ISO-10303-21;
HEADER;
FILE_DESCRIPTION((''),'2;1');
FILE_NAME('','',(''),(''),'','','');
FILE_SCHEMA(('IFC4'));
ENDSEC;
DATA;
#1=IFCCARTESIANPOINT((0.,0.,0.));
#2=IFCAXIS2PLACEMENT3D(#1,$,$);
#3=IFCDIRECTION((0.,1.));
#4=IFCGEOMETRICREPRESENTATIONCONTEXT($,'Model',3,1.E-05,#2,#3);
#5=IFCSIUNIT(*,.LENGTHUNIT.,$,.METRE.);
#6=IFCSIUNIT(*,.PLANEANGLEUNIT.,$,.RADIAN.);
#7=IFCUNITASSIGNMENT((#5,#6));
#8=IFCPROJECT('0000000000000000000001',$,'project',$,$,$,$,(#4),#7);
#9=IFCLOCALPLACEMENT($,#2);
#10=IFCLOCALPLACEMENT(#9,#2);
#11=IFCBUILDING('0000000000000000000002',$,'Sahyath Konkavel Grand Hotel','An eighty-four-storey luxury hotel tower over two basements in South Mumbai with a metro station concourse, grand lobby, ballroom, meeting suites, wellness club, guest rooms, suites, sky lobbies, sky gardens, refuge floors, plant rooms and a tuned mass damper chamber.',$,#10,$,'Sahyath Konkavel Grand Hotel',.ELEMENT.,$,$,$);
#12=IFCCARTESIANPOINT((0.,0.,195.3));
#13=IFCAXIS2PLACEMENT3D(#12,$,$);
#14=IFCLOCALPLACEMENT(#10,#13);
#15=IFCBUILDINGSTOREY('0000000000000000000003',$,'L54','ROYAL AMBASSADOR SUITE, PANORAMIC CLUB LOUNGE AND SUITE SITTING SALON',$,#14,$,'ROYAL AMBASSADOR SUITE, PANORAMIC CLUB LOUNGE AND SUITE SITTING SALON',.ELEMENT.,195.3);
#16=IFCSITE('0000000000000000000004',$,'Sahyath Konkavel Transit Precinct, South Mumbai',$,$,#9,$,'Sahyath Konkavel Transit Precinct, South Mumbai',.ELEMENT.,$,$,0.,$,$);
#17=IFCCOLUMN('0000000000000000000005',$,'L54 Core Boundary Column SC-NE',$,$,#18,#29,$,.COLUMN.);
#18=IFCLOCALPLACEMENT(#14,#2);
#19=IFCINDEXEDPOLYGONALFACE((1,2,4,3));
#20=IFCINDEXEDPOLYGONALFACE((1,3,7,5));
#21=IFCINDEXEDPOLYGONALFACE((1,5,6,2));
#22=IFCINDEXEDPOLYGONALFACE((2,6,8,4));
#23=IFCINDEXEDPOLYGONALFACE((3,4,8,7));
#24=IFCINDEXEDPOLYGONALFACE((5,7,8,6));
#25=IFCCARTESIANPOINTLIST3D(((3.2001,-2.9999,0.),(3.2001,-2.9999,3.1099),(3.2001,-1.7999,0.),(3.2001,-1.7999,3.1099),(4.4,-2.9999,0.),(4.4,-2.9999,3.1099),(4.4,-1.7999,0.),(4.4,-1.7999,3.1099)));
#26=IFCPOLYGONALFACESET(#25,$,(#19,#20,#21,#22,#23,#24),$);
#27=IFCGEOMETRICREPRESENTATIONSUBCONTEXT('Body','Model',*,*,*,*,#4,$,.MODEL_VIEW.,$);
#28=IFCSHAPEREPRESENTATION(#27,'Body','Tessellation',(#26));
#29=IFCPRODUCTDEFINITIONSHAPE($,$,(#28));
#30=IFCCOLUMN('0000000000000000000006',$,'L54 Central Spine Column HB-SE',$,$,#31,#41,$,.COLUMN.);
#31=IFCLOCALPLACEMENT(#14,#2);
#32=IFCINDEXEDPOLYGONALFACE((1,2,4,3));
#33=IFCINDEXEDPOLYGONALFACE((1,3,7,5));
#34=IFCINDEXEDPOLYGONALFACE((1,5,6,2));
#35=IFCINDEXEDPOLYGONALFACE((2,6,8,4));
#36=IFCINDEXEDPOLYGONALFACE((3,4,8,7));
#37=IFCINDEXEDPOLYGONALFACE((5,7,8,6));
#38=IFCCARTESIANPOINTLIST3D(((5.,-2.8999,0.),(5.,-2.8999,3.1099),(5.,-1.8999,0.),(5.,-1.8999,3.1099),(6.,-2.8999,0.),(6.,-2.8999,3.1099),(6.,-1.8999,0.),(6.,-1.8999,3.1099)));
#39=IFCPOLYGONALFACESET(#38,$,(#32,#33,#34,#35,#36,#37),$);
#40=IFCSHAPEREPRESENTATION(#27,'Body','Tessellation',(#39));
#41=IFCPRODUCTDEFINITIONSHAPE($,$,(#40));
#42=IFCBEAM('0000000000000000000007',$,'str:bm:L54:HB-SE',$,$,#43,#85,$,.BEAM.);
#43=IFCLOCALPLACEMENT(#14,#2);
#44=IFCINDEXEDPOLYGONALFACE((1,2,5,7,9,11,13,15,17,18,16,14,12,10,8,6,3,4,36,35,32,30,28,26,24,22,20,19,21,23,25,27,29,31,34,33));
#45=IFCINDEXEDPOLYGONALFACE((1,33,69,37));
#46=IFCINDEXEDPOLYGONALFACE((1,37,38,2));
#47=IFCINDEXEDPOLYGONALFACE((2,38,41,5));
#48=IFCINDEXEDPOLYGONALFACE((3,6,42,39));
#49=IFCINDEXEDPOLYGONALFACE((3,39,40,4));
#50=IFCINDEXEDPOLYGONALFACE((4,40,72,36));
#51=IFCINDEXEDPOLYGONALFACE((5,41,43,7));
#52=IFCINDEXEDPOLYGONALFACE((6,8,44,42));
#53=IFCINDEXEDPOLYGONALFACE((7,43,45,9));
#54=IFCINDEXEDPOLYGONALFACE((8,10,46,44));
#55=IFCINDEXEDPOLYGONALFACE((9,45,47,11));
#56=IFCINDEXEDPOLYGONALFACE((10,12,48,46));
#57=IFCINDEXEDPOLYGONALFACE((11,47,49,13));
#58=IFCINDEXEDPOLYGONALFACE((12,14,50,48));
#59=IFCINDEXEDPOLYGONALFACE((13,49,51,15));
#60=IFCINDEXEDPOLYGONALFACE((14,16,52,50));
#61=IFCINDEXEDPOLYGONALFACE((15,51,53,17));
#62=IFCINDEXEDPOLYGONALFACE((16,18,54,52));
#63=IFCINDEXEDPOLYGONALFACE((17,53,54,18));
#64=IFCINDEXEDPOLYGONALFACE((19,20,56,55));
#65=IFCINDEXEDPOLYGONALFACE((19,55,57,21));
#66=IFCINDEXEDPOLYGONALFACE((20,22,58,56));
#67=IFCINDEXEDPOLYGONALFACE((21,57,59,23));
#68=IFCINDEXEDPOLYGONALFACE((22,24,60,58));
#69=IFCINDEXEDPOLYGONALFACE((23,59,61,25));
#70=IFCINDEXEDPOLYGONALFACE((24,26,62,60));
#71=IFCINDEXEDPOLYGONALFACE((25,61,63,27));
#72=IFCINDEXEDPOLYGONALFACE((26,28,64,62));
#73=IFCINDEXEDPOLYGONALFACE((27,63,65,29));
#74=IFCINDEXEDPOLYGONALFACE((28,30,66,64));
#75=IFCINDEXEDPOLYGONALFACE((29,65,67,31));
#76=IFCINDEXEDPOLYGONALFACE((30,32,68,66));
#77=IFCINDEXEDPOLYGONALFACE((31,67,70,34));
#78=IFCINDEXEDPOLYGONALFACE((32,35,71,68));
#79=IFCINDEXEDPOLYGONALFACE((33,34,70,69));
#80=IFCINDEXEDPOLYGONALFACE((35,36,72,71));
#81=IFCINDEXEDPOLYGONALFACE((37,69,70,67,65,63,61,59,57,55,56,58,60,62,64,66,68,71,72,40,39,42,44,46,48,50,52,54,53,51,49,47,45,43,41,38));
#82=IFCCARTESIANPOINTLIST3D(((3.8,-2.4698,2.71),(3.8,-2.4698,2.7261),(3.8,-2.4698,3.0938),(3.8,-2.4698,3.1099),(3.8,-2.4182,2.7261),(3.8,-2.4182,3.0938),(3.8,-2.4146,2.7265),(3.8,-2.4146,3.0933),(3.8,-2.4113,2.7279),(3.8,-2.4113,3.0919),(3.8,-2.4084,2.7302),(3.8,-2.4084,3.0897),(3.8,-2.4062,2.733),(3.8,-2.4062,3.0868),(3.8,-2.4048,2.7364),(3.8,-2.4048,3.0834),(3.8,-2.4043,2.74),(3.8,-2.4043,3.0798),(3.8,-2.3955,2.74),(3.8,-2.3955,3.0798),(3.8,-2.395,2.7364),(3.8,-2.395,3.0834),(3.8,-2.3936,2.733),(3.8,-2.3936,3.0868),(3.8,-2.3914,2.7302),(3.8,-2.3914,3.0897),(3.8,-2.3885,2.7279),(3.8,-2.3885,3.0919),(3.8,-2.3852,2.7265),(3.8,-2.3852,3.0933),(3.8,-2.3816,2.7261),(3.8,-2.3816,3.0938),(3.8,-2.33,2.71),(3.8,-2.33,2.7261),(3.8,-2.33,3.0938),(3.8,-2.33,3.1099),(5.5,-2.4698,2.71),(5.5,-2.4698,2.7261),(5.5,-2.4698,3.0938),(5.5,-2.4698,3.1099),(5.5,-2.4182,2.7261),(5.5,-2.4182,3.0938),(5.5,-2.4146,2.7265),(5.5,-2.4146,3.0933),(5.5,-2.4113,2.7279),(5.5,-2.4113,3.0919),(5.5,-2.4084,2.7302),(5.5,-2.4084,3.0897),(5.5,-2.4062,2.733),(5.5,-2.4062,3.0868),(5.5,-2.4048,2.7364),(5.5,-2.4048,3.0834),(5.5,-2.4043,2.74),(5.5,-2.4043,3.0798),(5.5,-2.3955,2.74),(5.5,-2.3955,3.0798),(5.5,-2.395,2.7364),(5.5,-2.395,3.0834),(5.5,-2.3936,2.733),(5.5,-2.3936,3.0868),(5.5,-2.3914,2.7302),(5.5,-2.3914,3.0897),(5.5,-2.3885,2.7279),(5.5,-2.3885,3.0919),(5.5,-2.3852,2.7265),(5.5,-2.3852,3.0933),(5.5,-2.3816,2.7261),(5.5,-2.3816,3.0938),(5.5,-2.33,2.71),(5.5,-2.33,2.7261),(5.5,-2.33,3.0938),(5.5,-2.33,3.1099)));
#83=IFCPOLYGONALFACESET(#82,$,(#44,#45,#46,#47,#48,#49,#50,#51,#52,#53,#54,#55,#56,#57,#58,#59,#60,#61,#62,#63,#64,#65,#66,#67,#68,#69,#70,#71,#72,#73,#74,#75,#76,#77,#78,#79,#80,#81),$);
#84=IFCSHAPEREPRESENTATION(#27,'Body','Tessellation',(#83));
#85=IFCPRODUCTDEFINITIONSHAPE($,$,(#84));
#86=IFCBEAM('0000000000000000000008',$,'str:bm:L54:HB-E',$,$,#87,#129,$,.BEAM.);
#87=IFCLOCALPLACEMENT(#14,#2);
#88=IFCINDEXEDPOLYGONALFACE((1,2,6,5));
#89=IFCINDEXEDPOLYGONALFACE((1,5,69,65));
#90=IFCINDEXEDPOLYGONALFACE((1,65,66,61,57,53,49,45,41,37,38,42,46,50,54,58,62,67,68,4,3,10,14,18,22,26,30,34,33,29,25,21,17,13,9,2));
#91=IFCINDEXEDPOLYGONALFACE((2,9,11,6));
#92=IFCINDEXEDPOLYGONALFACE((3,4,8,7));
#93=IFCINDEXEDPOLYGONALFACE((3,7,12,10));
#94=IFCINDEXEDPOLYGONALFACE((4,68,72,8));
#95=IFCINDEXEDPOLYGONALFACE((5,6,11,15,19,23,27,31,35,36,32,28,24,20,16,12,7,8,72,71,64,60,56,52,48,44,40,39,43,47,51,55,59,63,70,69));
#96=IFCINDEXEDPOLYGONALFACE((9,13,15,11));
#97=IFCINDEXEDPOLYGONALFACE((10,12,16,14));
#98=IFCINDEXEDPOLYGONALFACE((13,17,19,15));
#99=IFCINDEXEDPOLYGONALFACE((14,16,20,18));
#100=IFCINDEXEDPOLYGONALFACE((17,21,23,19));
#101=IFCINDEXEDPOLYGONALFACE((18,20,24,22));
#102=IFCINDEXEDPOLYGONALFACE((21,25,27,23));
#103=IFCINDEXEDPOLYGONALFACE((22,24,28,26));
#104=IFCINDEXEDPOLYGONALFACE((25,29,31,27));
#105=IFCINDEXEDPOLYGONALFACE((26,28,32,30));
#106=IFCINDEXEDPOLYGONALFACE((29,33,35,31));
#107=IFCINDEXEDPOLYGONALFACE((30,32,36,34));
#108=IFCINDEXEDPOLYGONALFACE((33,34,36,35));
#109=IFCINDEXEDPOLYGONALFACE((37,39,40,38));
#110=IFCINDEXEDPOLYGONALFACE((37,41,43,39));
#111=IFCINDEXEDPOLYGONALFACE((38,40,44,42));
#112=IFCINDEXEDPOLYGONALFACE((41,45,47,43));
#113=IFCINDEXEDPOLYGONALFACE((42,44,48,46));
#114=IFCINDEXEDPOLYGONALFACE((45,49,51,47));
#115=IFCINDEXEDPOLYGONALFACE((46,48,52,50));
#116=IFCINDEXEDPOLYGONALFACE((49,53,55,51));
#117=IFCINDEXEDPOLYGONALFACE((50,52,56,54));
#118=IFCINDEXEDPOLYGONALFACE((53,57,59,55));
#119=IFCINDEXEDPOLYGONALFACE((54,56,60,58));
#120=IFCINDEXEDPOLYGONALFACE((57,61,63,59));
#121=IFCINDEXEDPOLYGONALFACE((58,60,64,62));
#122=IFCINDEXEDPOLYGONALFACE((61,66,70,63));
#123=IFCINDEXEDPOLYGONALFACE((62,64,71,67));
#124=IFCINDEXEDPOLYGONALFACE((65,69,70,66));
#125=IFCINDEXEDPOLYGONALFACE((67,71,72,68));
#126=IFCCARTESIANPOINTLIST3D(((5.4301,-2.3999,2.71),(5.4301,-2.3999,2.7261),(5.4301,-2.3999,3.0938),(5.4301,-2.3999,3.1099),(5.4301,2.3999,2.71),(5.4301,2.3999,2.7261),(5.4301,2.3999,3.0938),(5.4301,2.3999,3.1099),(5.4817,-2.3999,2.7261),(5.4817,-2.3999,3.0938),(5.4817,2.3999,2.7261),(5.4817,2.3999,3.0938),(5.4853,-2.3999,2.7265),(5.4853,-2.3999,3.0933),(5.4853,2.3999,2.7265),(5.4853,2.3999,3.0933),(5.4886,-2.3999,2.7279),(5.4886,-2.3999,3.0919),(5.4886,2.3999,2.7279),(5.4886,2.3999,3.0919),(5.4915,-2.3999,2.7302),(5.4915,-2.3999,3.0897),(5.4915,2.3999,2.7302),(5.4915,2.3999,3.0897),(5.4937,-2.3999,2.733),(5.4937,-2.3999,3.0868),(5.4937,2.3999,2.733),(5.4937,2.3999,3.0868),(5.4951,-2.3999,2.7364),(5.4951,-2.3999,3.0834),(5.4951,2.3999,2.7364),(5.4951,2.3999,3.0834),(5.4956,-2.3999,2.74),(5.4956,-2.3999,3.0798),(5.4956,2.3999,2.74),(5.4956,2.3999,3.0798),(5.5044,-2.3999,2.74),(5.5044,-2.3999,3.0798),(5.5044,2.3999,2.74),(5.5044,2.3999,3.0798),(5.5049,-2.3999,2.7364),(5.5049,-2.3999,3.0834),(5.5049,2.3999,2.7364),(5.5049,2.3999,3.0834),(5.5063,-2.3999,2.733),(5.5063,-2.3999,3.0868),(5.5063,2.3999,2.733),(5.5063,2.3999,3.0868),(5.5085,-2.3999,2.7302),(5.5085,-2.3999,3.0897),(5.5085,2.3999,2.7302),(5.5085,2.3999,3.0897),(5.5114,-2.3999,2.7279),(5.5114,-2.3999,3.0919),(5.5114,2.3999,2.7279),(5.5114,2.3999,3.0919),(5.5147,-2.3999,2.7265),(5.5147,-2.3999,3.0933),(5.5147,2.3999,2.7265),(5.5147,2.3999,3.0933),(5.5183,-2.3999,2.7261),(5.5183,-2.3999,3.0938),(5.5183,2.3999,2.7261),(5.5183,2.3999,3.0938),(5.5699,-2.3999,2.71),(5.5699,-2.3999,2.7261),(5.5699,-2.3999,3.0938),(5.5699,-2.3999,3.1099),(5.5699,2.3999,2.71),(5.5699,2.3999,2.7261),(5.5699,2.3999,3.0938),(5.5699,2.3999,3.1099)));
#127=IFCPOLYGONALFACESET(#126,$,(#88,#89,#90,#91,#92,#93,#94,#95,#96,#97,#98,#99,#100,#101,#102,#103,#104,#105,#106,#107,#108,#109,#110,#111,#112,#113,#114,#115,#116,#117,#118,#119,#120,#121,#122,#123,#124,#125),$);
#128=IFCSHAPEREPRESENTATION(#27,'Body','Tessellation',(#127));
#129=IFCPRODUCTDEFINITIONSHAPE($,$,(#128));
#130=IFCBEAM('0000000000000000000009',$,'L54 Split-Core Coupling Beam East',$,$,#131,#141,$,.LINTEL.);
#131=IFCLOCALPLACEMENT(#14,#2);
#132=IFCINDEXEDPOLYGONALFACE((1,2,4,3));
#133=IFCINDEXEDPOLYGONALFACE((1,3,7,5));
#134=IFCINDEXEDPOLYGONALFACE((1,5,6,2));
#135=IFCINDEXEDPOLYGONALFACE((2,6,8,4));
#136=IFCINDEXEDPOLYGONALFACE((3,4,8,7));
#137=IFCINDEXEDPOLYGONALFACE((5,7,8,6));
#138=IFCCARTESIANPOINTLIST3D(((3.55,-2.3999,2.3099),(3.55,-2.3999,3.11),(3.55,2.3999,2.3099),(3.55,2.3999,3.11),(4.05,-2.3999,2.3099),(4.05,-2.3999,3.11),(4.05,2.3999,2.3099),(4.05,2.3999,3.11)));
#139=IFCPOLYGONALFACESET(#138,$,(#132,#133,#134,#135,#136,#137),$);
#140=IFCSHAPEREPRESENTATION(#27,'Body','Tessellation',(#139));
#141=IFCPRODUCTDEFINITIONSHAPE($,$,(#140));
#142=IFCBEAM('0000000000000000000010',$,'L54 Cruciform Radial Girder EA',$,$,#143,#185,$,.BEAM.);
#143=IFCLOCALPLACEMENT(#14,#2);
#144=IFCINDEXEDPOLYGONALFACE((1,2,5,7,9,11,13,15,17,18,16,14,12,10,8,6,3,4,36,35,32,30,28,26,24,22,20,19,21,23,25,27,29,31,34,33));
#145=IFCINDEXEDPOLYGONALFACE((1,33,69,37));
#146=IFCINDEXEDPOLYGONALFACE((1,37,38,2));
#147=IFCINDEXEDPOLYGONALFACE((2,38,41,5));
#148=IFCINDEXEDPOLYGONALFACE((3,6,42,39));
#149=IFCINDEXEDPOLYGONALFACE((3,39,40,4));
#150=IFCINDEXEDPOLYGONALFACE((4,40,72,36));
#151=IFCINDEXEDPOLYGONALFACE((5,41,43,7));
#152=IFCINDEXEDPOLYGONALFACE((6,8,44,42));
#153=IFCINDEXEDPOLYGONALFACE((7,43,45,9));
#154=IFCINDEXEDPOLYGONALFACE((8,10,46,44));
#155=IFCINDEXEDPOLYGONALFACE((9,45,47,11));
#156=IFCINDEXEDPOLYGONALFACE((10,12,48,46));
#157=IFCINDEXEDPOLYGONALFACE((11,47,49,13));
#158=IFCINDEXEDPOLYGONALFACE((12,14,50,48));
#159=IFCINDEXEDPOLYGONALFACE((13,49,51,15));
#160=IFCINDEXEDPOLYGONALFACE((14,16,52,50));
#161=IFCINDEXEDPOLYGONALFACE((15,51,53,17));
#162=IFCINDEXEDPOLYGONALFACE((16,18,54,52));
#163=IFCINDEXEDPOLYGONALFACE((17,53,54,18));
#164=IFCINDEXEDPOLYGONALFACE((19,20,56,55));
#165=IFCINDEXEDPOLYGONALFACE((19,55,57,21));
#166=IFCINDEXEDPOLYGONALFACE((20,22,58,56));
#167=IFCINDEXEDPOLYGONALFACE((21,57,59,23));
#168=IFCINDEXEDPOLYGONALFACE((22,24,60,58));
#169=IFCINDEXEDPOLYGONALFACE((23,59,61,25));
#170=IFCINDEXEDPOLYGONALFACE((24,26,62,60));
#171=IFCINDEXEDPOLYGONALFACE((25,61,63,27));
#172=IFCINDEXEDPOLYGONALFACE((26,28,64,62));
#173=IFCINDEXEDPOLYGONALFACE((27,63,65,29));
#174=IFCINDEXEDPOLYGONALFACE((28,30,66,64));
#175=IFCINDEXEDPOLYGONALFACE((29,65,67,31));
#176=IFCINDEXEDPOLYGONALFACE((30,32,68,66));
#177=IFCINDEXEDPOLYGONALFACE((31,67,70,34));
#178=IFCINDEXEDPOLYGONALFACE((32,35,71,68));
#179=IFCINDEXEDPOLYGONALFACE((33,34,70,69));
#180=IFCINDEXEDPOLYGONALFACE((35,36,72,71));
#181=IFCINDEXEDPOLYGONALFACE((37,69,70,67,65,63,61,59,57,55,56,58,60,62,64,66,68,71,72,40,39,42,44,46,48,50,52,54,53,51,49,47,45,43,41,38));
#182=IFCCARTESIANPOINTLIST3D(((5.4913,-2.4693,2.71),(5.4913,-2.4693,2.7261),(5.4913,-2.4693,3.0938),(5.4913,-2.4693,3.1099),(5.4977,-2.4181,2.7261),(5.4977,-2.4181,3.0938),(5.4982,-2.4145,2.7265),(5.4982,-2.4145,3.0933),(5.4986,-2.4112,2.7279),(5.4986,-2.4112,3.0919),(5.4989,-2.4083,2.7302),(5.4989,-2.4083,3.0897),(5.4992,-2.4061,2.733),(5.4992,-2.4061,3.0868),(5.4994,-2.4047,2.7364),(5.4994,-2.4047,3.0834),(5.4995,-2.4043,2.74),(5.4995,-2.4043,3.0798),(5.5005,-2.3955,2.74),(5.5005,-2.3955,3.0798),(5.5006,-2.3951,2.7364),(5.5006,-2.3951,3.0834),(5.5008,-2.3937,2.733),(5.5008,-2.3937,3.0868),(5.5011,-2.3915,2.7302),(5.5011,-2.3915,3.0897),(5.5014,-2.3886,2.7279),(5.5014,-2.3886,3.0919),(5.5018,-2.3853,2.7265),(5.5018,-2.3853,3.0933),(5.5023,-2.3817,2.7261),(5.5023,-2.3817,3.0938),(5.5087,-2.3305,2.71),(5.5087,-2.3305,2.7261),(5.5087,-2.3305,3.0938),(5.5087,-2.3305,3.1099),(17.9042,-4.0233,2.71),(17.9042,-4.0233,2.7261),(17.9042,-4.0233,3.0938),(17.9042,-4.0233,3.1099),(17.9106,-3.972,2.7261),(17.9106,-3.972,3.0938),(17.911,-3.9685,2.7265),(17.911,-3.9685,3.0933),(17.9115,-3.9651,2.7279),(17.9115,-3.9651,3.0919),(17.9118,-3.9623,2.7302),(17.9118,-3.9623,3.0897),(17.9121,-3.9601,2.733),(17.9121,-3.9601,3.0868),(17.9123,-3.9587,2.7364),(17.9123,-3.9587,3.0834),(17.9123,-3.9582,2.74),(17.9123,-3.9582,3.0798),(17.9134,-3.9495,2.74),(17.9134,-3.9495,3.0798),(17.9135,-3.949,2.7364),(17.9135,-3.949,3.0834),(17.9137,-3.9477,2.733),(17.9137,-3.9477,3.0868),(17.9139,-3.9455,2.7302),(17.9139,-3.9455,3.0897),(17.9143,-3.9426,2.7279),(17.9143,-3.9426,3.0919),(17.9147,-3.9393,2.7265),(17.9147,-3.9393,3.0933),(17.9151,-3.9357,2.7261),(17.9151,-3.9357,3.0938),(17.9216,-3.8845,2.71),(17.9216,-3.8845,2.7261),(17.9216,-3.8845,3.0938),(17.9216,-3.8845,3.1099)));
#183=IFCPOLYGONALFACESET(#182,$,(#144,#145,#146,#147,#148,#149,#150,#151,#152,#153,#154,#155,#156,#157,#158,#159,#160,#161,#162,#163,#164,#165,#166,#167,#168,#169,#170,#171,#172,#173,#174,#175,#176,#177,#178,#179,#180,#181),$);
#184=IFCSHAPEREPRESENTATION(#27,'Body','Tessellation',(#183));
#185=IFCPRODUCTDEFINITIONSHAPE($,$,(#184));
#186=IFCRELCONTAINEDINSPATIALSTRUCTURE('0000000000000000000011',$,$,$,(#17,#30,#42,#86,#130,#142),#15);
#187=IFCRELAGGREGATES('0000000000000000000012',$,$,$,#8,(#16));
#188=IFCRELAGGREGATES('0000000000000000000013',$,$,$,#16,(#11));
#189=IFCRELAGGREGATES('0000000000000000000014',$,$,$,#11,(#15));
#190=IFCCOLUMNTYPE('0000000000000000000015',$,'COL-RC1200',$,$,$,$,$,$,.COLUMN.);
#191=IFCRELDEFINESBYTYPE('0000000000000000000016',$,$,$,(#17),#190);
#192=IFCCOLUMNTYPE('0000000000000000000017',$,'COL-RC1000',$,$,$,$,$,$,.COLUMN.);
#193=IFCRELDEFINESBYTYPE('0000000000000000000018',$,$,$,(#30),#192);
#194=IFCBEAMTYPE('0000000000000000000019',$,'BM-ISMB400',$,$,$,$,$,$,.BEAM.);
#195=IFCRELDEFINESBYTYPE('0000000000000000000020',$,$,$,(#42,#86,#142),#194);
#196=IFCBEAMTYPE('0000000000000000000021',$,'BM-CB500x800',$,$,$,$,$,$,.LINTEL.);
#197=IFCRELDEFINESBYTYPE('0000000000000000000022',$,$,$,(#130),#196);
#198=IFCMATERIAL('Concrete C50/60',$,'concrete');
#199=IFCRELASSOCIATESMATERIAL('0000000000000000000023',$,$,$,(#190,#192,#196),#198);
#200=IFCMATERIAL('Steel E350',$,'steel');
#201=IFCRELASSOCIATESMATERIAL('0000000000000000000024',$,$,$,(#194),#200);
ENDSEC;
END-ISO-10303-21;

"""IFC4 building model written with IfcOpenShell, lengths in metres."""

from ifc_helpers import new_model, si_unit, direction, frame, origin, origin_2d, place, context, subcontext, project, spatial, rectangle, i_section, extrude, source, transform, mapped, material, material_profile, profile_set, type_object, element, save


model = new_model("IFC4")

# Units and contexts
model_context = context("Model", 3, precision=1e-05, world=origin(), true_north=direction((0.0, 1.0)))
body_context = subcontext(model_context, "Body", "Model", "MODEL_VIEW")
ifc_project = project(units=[si_unit("LENGTHUNIT", "METRE"), si_unit("PLANEANGLEUNIT", "RADIAN")], contexts=[model_context])

# Site, building, storey
site_placement = place(None, origin())
site = spatial("IfcSite", under=ifc_project, at=site_placement, Name="Sahyath Konkavel Transit Precinct, South Mumbai", LongName="Sahyath Konkavel Transit Precinct, South Mumbai", CompositionType="ELEMENT", RefElevation=0.0)
building_placement = place(site_placement, origin())
building = spatial("IfcBuilding", under=site, at=building_placement, Name="Sahyath Konkavel Grand Hotel", Description="An eighty-four-storey luxury hotel tower over two basements in South Mumbai with a metro station concourse, grand lobby, ballroom, meeting suites, wellness club, guest rooms, suites, sky lobbies, sky gardens, refuge floors, plant rooms and a tuned mass damper chamber.", LongName="Sahyath Konkavel Grand Hotel", CompositionType="ELEMENT")
storey_placement = place(building_placement, frame((0.0, 0.0, 195.3)))
storey = spatial("IfcBuildingStorey", under=building, at=storey_placement, Name="L54", Description="ROYAL AMBASSADOR SUITE, PANORAMIC CLUB LOUNGE AND SUITE SITTING SALON", LongName="ROYAL AMBASSADOR SUITE, PANORAMIC CLUB LOUNGE AND SUITE SITTING SALON", CompositionType="ELEMENT", Elevation=195.3)

# Columns
ifc_material_1 = material(Name="Concrete C50/60", Category="concrete")
ifc_material_profile_1 = material_profile(ifc_material_1, rectangle(XDim=1.2, YDim=1.2, at=origin_2d()), Name="RC 1200x1200")
ifc_profile_set_1 = profile_set([ifc_material_profile_1], Name="Concrete C50/60")
column_type_1 = type_object("IfcColumnType", Name="COL-RC1200", PredefinedType="COLUMN", material=ifc_profile_set_1)
shared_shape_1 = source(origin(), body_context, "Body", "SweptSolid", [
    extrude(rectangle(XDim=1.2, YDim=1.2, at=origin_2d()), origin(), (0.0, 0.0, 1.0), 3.1099),
])
column_1_placement = place(storey_placement, frame((3.8, -2.3999, 0.0), z_axis=(0.0, 0.0, 1.0), x_axis=(1.0, 0.0, 0.0)))
element("IfcColumn", 1, at=column_1_placement, inside=storey, type_object=column_type_1, Name="L54 Core Boundary Column SC-NE", PredefinedType="COLUMN", context=body_context, shape_type="MappedRepresentation", body=[
    mapped(shared_shape_1, transform((0.0, 0.0, 0.0), scale=1.0)),
])
ifc_material_profile_2 = material_profile(ifc_material_1, rectangle(XDim=1.0, YDim=1.0, at=origin_2d()), Name="RC 1000x1000")
ifc_profile_set_2 = profile_set([ifc_material_profile_2], Name="Concrete C50/60")
column_type_2 = type_object("IfcColumnType", Name="COL-RC1000", PredefinedType="COLUMN", material=ifc_profile_set_2)
shared_shape_2 = source(origin(), body_context, "Body", "SweptSolid", [
    extrude(rectangle(XDim=1.0, YDim=1.0, at=origin_2d()), origin(), (0.0, 0.0, 1.0), 3.1099),
])
column_2_placement = place(storey_placement, frame((5.5, -2.3999, 0.0), z_axis=(0.0, 0.0, 1.0), x_axis=(1.0, 0.0, 0.0)))
element("IfcColumn", 2, at=column_2_placement, inside=storey, type_object=column_type_2, Name="L54 Central Spine Column HB-SE", PredefinedType="COLUMN", context=body_context, shape_type="MappedRepresentation", body=[
    mapped(shared_shape_2, transform((0.0, 0.0, 0.0), scale=1.0)),
])

# Beams
ifc_material_2 = material(Name="Steel E350", Category="steel")
ifc_material_profile_3 = material_profile(ifc_material_2, i_section(OverallWidth=0.1399, OverallDepth=0.3999, WebThickness=0.0088, FlangeThickness=0.0161, FilletRadius=0.0139, at=origin_2d()), Name="ISMB 400")
ifc_profile_set_3 = profile_set([ifc_material_profile_3], Name="Steel E350")
beam_type_1 = type_object("IfcBeamType", Name="BM-ISMB400", PredefinedType="BEAM", material=ifc_profile_set_3)
shared_shape_3 = source(origin(), body_context, "Body", "SweptSolid", [
    extrude(i_section(OverallWidth=0.1399, OverallDepth=0.3999, WebThickness=0.0088, FlangeThickness=0.0161, FilletRadius=0.0139, at=origin_2d()), origin(), (0.0, 0.0, 1.0), 1.7),
])
beam_1_placement = place(storey_placement, frame((3.8, -2.3999, 2.9099), z_axis=(1.0, 0.0, 0.0), x_axis=(0.0, 1.0, 0.0)))
element("IfcBeam", 3, at=beam_1_placement, inside=storey, type_object=beam_type_1, Name="str:bm:L54:HB-SE", PredefinedType="BEAM", context=body_context, shape_type="MappedRepresentation", body=[
    mapped(shared_shape_3, transform((0.0, 0.0, 0.0), scale=1.0)),
])
shared_shape_4 = source(origin(), body_context, "Body", "SweptSolid", [
    extrude(i_section(OverallWidth=0.1399, OverallDepth=0.3999, WebThickness=0.0088, FlangeThickness=0.0161, FilletRadius=0.0139, at=origin_2d()), origin(), (0.0, 0.0, 1.0), 4.7998),
])
beam_2_placement = place(storey_placement, frame((5.5, -2.3999, 2.9099), z_axis=(0.0, 1.0, 0.0), x_axis=(-1.0, 0.0, 0.0)))
element("IfcBeam", 4, at=beam_2_placement, inside=storey, type_object=beam_type_1, Name="str:bm:L54:HB-E", PredefinedType="BEAM", context=body_context, shape_type="MappedRepresentation", body=[
    mapped(shared_shape_4, transform((0.0, 0.0, 0.0), scale=1.0)),
])
ifc_material_profile_4 = material_profile(ifc_material_1, rectangle(XDim=0.5, YDim=0.8, at=origin_2d()), Name="RC 500x800")
ifc_profile_set_4 = profile_set([ifc_material_profile_4], Name="Concrete C50/60")
beam_type_2 = type_object("IfcBeamType", Name="BM-CB500x800", PredefinedType="LINTEL", material=ifc_profile_set_4)
shared_shape_5 = source(origin(), body_context, "Body", "SweptSolid", [
    extrude(rectangle(XDim=0.5, YDim=0.8, at=origin_2d()), origin(), (0.0, 0.0, 1.0), 4.7998),
])
beam_3_placement = place(storey_placement, frame((3.8, -2.3999, 2.71), z_axis=(0.0, 1.0, 0.0), x_axis=(-1.0, 0.0, 0.0)))
element("IfcBeam", 5, at=beam_3_placement, inside=storey, type_object=beam_type_2, Name="L54 Split-Core Coupling Beam East", PredefinedType="LINTEL", context=body_context, shape_type="MappedRepresentation", body=[
    mapped(shared_shape_5, transform((0.0, 0.0, 0.0), scale=1.0)),
])
shared_shape_6 = source(origin(), body_context, "Body", "SweptSolid", [
    extrude(i_section(OverallWidth=0.1399, OverallDepth=0.3999, WebThickness=0.0088, FlangeThickness=0.0161, FilletRadius=0.0139, at=origin_2d()), origin(), (0.0, 0.0, 1.0), 12.5098),
])
beam_4_placement = place(storey_placement, frame((5.5, -2.3999, 2.9099), z_axis=(0.992255, -0.12422, 0.0), x_axis=(0.12422, 0.992255, 0.0)))
element("IfcBeam", 6, at=beam_4_placement, inside=storey, type_object=beam_type_1, Name="L54 Cruciform Radial Girder EA", PredefinedType="BEAM", context=body_context, shape_type="MappedRepresentation", body=[
    mapped(shared_shape_6, transform((0.0, 0.0, 0.0), scale=1.0)),
])

save(model, "model.ifc")
